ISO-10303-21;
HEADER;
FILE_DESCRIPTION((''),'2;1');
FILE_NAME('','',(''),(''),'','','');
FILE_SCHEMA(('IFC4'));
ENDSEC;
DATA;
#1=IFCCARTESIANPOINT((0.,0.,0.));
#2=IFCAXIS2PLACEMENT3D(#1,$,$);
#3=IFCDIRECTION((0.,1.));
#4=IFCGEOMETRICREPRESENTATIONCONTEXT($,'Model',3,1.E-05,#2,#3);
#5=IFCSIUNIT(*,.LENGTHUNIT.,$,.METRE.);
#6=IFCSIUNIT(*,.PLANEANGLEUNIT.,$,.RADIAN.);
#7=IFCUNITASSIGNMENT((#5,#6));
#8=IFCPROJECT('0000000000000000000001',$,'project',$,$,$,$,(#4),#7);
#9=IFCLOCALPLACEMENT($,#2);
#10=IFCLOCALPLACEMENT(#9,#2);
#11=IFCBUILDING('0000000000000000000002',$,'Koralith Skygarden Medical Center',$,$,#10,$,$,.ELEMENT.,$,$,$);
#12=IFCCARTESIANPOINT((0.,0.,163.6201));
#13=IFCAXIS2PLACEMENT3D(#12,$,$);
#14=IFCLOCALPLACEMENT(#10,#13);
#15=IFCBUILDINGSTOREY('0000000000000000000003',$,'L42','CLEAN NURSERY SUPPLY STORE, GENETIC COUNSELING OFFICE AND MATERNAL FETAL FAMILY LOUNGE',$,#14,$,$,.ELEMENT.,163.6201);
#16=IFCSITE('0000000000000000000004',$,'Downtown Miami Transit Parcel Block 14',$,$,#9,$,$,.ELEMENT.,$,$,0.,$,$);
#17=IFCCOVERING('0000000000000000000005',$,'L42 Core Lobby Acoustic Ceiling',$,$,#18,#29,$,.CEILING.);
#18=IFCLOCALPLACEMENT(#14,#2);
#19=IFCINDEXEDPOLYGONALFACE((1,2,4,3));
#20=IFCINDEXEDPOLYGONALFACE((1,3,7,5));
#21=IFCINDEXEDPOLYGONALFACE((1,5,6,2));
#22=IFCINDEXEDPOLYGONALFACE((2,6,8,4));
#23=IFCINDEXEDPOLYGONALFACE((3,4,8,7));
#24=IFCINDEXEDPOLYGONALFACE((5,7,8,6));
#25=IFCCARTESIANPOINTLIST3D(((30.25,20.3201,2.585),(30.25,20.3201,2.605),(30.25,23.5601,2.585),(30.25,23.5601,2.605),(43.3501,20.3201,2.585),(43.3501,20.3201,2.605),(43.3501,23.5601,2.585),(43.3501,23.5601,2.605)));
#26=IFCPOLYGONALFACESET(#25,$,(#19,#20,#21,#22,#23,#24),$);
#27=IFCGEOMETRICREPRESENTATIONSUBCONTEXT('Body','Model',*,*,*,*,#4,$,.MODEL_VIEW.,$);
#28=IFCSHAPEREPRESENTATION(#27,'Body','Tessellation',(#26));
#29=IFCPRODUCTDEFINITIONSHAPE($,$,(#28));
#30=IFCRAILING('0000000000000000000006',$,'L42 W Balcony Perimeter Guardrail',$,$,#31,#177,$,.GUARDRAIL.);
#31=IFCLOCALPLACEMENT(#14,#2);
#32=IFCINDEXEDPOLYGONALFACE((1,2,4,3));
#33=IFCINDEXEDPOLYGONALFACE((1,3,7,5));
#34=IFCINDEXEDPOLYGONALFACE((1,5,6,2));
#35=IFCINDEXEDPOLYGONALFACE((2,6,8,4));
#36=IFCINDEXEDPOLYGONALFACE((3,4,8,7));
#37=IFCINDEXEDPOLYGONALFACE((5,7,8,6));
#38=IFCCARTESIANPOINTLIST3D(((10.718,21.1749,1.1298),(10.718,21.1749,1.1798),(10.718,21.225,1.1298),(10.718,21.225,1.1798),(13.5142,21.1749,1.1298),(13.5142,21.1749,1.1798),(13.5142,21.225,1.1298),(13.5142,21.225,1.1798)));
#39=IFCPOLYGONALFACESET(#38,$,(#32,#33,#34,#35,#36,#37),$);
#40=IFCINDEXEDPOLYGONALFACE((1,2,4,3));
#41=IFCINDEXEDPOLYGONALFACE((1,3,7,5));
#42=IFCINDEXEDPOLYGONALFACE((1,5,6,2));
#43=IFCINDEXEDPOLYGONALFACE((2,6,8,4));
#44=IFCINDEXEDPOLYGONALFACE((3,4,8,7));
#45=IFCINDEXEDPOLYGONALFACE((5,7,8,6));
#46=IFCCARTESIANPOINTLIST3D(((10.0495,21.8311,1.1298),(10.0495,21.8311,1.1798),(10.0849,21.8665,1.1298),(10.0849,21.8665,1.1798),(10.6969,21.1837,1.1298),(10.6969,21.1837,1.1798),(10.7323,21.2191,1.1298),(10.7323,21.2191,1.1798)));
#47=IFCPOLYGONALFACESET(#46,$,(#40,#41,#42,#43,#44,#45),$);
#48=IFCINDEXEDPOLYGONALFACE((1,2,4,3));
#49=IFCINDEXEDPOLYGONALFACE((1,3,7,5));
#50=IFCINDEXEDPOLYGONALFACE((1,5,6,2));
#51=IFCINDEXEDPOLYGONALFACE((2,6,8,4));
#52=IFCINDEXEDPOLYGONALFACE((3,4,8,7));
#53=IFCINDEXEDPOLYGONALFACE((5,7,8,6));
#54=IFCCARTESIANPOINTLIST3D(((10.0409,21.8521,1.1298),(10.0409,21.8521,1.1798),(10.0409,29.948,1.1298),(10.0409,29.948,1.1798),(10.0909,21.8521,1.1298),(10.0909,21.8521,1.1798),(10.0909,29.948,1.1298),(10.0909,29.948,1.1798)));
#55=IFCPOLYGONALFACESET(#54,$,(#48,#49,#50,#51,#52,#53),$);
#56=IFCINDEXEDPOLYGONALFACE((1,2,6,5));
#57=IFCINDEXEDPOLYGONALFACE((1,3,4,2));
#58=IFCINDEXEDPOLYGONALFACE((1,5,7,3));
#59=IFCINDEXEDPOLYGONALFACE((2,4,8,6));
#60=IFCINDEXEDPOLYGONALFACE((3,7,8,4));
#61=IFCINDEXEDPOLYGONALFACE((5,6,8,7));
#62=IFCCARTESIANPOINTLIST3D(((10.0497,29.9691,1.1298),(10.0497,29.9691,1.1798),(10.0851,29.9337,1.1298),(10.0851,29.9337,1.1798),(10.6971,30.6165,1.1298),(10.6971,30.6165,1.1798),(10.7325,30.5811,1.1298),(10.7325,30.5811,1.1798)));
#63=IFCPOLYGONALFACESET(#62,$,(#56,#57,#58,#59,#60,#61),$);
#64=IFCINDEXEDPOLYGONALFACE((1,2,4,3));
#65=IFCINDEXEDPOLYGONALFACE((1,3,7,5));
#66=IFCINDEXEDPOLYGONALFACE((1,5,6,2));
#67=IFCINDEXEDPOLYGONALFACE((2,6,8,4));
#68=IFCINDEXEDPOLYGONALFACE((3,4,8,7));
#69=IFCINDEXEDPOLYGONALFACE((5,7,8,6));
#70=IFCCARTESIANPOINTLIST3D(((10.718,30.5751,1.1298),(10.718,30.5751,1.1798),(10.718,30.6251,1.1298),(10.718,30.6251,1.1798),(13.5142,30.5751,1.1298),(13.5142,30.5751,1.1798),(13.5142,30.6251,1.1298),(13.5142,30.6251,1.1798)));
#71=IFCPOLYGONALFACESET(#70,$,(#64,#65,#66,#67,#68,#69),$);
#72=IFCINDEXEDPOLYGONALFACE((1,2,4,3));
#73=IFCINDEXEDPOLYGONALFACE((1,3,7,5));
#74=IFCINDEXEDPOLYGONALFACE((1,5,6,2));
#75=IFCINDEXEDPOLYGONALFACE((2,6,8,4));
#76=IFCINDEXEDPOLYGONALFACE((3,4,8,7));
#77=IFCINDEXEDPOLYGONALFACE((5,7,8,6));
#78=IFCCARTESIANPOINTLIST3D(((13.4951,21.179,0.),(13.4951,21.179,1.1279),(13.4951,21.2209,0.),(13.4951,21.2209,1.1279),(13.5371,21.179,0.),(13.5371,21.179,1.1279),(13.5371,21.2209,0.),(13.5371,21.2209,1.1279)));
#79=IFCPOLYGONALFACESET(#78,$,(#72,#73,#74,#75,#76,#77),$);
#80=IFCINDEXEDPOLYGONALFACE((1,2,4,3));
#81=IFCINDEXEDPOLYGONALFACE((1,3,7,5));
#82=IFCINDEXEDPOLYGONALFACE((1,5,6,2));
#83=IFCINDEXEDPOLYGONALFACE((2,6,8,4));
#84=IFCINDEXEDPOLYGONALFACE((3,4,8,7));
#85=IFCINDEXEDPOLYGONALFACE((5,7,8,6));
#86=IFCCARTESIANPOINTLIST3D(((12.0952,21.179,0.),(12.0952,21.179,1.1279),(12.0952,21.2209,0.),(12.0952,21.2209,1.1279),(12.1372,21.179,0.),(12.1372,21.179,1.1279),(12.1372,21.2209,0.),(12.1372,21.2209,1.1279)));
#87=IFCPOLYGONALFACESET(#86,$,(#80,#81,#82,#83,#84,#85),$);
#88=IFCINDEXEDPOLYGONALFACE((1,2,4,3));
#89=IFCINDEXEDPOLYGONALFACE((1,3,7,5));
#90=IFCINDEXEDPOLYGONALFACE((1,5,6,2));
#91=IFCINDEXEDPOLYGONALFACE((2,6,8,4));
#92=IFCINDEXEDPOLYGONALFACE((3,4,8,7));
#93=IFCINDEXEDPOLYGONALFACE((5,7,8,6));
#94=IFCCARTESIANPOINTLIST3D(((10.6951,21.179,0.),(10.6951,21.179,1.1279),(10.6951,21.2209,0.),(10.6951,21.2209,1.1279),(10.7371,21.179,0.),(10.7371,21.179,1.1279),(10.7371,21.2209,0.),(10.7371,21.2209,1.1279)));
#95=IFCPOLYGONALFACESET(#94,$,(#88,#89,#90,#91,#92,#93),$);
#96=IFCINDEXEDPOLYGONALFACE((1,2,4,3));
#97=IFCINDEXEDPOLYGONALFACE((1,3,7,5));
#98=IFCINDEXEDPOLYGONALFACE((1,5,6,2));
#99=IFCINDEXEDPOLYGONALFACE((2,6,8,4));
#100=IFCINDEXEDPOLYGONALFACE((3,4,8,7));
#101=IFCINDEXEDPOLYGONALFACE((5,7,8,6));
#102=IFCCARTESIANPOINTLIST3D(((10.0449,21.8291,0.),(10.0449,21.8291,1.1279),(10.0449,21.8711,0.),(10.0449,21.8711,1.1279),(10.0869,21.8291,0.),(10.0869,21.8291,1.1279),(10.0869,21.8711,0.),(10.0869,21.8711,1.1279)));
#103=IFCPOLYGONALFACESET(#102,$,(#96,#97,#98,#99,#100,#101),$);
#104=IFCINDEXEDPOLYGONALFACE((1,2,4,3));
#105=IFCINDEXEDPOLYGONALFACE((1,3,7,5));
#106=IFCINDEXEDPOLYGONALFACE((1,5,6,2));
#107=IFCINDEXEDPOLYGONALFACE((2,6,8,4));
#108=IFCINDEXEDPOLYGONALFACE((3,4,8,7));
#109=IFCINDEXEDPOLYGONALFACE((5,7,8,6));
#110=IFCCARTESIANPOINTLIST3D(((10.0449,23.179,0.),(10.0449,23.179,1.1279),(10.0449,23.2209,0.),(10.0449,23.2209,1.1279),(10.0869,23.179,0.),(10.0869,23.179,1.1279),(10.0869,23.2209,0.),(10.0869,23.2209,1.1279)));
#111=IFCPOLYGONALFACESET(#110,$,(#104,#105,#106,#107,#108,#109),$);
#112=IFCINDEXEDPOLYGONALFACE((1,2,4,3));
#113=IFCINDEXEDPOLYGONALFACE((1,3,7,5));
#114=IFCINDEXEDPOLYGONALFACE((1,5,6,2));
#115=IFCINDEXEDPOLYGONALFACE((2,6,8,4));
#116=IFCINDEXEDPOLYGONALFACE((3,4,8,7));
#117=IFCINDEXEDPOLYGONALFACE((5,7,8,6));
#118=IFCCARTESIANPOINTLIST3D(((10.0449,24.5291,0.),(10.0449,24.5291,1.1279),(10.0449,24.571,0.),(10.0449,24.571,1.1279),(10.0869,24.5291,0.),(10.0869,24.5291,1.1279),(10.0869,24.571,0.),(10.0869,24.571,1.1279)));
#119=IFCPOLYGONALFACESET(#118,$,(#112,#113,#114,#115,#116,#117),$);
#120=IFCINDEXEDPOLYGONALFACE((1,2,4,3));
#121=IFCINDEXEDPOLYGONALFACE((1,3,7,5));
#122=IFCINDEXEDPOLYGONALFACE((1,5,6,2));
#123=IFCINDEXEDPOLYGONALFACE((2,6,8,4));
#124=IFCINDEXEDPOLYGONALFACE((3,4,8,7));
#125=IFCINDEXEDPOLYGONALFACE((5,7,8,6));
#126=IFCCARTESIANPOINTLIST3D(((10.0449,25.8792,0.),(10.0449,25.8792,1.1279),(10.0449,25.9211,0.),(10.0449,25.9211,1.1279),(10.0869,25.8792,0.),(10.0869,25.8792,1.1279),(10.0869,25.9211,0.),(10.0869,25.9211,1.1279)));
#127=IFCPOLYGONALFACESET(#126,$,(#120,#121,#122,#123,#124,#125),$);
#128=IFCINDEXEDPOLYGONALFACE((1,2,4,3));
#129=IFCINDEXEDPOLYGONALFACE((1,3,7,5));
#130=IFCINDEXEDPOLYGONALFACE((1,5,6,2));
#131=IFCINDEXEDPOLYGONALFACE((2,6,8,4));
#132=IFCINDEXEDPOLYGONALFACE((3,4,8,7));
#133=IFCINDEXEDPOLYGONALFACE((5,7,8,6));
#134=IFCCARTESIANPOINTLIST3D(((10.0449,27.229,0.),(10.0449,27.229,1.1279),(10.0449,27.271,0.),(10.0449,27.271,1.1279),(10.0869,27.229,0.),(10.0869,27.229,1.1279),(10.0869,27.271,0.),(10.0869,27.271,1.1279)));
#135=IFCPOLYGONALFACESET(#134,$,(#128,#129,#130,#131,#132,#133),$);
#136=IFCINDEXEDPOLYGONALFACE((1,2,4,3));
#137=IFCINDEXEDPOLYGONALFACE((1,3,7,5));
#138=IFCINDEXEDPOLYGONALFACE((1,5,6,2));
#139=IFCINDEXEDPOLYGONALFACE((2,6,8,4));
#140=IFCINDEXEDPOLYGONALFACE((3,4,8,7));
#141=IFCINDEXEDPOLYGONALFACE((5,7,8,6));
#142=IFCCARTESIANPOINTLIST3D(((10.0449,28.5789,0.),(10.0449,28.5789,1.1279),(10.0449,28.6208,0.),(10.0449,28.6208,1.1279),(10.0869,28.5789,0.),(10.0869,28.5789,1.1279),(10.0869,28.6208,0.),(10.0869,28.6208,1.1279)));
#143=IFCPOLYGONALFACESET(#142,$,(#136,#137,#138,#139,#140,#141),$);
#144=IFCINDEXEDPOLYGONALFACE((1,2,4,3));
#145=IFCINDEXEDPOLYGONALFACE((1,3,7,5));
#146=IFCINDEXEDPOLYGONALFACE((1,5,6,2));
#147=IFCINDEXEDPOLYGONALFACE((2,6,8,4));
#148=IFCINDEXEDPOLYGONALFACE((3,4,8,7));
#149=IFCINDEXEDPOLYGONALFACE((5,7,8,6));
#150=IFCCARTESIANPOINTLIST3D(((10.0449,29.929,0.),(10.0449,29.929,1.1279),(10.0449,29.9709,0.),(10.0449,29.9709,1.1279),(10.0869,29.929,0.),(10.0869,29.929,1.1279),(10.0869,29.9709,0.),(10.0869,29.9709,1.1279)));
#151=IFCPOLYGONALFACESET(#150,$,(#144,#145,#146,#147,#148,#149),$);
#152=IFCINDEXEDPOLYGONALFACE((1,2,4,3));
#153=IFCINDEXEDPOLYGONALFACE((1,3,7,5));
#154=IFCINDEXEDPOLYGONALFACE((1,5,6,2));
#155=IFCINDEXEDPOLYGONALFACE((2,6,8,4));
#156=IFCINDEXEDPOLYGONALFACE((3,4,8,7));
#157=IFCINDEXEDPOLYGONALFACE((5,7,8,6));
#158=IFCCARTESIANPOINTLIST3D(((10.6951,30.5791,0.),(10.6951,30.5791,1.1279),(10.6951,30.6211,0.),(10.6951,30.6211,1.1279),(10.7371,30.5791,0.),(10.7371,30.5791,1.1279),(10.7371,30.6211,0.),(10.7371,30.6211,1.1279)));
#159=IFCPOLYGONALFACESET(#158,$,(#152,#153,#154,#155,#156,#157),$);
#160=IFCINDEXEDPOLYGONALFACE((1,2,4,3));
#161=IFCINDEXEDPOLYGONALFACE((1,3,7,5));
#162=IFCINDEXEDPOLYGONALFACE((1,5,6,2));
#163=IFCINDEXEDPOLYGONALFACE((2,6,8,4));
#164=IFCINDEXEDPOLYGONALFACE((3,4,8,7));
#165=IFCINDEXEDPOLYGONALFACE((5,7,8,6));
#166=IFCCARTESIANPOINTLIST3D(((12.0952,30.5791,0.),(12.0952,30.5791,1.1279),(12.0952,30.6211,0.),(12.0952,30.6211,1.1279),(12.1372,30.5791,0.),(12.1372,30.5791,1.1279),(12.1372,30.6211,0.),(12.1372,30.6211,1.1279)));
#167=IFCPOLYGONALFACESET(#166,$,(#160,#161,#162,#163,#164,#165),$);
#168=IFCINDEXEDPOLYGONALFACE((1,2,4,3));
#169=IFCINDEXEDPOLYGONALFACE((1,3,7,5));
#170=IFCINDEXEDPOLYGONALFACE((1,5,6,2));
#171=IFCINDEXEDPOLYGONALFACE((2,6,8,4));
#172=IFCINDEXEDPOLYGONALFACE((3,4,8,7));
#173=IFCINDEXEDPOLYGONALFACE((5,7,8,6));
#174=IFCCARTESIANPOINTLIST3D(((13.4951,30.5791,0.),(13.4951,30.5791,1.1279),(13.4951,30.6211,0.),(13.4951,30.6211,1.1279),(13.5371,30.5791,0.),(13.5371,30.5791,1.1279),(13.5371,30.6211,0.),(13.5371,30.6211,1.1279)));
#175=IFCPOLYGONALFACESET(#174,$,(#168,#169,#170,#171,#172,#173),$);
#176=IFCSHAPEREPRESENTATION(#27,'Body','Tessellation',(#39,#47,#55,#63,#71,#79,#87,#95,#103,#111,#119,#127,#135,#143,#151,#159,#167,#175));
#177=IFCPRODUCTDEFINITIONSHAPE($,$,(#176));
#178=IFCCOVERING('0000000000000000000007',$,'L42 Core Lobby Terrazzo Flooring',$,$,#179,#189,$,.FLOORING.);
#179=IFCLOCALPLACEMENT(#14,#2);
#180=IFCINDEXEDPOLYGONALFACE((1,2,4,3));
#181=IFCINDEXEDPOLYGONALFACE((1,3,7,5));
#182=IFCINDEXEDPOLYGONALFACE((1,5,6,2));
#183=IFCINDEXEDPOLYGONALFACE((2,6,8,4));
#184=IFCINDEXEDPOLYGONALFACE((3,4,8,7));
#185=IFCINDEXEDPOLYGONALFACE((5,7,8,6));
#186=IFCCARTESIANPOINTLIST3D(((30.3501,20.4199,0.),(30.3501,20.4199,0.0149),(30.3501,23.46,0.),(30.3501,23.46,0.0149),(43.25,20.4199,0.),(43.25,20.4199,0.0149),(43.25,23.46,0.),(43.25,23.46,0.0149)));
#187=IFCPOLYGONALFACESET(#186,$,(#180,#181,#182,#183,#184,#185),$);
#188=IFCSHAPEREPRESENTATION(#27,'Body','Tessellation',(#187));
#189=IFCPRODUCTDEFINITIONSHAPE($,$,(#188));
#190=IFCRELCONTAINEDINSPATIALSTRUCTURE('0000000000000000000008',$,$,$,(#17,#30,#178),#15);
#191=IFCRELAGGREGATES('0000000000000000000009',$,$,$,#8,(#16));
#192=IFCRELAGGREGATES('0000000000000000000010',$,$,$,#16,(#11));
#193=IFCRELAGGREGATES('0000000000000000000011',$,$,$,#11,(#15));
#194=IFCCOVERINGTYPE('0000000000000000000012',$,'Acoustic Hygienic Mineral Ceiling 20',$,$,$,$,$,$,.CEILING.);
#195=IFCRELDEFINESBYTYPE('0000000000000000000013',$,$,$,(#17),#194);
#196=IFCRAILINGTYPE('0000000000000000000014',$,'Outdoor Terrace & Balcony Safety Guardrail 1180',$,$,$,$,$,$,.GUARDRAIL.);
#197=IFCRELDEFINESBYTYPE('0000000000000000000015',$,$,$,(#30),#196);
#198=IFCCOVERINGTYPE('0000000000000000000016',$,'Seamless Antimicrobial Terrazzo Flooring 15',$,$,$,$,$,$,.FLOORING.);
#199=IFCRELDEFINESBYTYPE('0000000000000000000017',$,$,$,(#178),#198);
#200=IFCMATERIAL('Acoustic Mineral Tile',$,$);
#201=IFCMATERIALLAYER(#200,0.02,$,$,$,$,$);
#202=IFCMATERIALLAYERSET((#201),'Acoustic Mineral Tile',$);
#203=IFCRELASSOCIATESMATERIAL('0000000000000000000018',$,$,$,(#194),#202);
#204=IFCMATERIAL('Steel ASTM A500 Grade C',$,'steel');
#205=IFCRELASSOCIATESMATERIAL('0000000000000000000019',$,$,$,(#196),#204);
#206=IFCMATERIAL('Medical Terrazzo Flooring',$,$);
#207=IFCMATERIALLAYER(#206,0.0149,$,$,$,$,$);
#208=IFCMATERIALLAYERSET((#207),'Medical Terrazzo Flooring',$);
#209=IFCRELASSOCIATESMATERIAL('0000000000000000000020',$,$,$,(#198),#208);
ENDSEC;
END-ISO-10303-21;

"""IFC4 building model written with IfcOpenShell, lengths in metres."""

from ifc_helpers import new_model, si_unit, direction, frame, origin, origin_2d, place, context, subcontext, project, spatial, polyline, rectangle, outline, extrude, material, layer, layer_set, type_object, element, save


model = new_model("IFC4")

# Units and contexts
model_context = context("Model", 3, precision=1e-05, world=origin(), true_north=direction((0.0, 1.0)))
body_context = subcontext(model_context, "Body", "Model", "MODEL_VIEW")
ifc_project = project(units=[si_unit("LENGTHUNIT", "METRE"), si_unit("PLANEANGLEUNIT", "RADIAN")], contexts=[model_context])

# Site, building, storey
site_placement = place(None, origin())
site = spatial("IfcSite", under=ifc_project, at=site_placement, Name="Downtown Miami Transit Parcel Block 14", CompositionType="ELEMENT", RefElevation=0.0)
building_placement = place(site_placement, origin())
building = spatial("IfcBuilding", under=site, at=building_placement, Name="Koralith Skygarden Medical Center", CompositionType="ELEMENT")
storey_placement = place(building_placement, frame((0.0, 0.0, 163.6201)))
storey = spatial("IfcBuildingStorey", under=building, at=storey_placement, Name="L42", Description="CLEAN NURSERY SUPPLY STORE, GENETIC COUNSELING OFFICE AND MATERNAL FETAL FAMILY LOUNGE", CompositionType="ELEMENT", Elevation=163.6201)

# Covering
ifc_material_1 = material(Name="Acoustic Mineral Tile")
ifc_layer_1 = layer(ifc_material_1, 0.02)
ifc_layer_set_1 = layer_set([ifc_layer_1], Name="Acoustic Mineral Tile")
covering_type_1 = type_object("IfcCoveringType", Name="Acoustic Hygienic Mineral Ceiling 20", PredefinedType="CEILING", material=ifc_layer_set_1)
covering_1_placement = place(storey_placement, frame((0.0, 0.0, 2.585)))
element("IfcCovering", 1, at=covering_1_placement, inside=storey, type_object=covering_type_1, Name="L42 Core Lobby Acoustic Ceiling", PredefinedType="CEILING", context=body_context, shape_type="SweptSolid", body=[
    extrude(outline(polyline([(30.25, 20.3201), (43.3501, 20.3201), (43.3501, 23.5601), (30.25, 23.5601), (30.25, 20.3201)])), origin(), (0.0, 0.0, 1.0), 0.02),
])

# Railing
ifc_material_2 = material(Name="Steel ASTM A500 Grade C", Category="steel")
railing_type = type_object("IfcRailingType", Name="Outdoor Terrace & Balcony Safety Guardrail 1180", PredefinedType="GUARDRAIL", material=ifc_material_2)
railing_placement = place(storey_placement, frame((13.5161, 21.2, 0.0)))
element("IfcRailing", 2, at=railing_placement, inside=storey, type_object=railing_type, Name="L42 W Balcony Perimeter Guardrail", PredefinedType="GUARDRAIL", context=body_context, shape_type="SweptSolid", body=[
    extrude(rectangle(XDim=0.05, YDim=0.05, at=origin_2d()), frame((-0.002, 0.0, 1.1548), z_axis=(-1.0, 0.0, 0.0), x_axis=(0.0, -1.0, 0.0)), (0.0, 0.0, 1.0), 2.7961),
    extrude(rectangle(XDim=0.05, YDim=0.05, at=origin_2d()), frame((-2.8015, 0.0015, 1.1548), z_axis=(-0.707107, 0.707107, 0.0), x_axis=(-0.707107, -0.707107, 0.0)), (0.0, 0.0, 1.0), 0.9155),
    extrude(rectangle(XDim=0.05, YDim=0.05, at=origin_2d()), frame((-3.4502, 0.6521, 1.1548), z_axis=(0.0, 1.0, 0.0), x_axis=(-1.0, 0.0, 0.0)), (0.0, 0.0, 1.0), 8.0959),
    extrude(rectangle(XDim=0.05, YDim=0.05, at=origin_2d()), frame((-3.4487, 8.7515, 1.1548), z_axis=(0.707107, 0.707107, 0.0), x_axis=(-0.707107, 0.707107, 0.0)), (0.0, 0.0, 1.0), 0.9155),
    extrude(rectangle(XDim=0.05, YDim=0.05, at=origin_2d()), frame((-2.7981, 9.4001, 1.1548), z_axis=(1.0, 0.0, 0.0), x_axis=(0.0, 1.0, 0.0)), (0.0, 0.0, 1.0), 2.7961),
    extrude(rectangle(XDim=0.042, YDim=0.042, at=origin_2d()), origin(), (0.0, 0.0, 1.0), 1.1279),
    extrude(rectangle(XDim=0.042, YDim=0.042, at=origin_2d()), frame((-1.3999, 0.0, 0.0)), (0.0, 0.0, 1.0), 1.1279),
    extrude(rectangle(XDim=0.042, YDim=0.042, at=origin_2d()), frame((-2.8, 0.0, 0.0)), (0.0, 0.0, 1.0), 1.1279),
    extrude(rectangle(XDim=0.042, YDim=0.042, at=origin_2d()), frame((-3.4502, 0.6501, 0.0)), (0.0, 0.0, 1.0), 1.1279),
    extrude(rectangle(XDim=0.042, YDim=0.042, at=origin_2d()), frame((-3.4502, 2.0, 0.0)), (0.0, 0.0, 1.0), 1.1279),
    extrude(rectangle(XDim=0.042, YDim=0.042, at=origin_2d()), frame((-3.4502, 3.3501, 0.0)), (0.0, 0.0, 1.0), 1.1279),
    extrude(rectangle(XDim=0.042, YDim=0.042, at=origin_2d()), frame((-3.4502, 4.7002, 0.0)), (0.0, 0.0, 1.0), 1.1279),
    extrude(rectangle(XDim=0.042, YDim=0.042, at=origin_2d()), frame((-3.4502, 6.05, 0.0)), (0.0, 0.0, 1.0), 1.1279),
    extrude(rectangle(XDim=0.042, YDim=0.042, at=origin_2d()), frame((-3.4502, 7.3999, 0.0)), (0.0, 0.0, 1.0), 1.1279),
    extrude(rectangle(XDim=0.042, YDim=0.042, at=origin_2d()), frame((-3.4502, 8.75, 0.0)), (0.0, 0.0, 1.0), 1.1279),
    extrude(rectangle(XDim=0.042, YDim=0.042, at=origin_2d()), frame((-2.8, 9.4001, 0.0)), (0.0, 0.0, 1.0), 1.1279),
    extrude(rectangle(XDim=0.042, YDim=0.042, at=origin_2d()), frame((-1.3999, 9.4001, 0.0)), (0.0, 0.0, 1.0), 1.1279),
    extrude(rectangle(XDim=0.042, YDim=0.042, at=origin_2d()), frame((0.0, 9.4001, 0.0)), (0.0, 0.0, 1.0), 1.1279),
])

# Covering
ifc_material_3 = material(Name="Medical Terrazzo Flooring")
ifc_layer_2 = layer(ifc_material_3, 0.0149)
ifc_layer_set_2 = layer_set([ifc_layer_2], Name="Medical Terrazzo Flooring")
covering_type_2 = type_object("IfcCoveringType", Name="Seamless Antimicrobial Terrazzo Flooring 15", PredefinedType="FLOORING", material=ifc_layer_set_2)
covering_2_placement = place(storey_placement, origin())
element("IfcCovering", 3, at=covering_2_placement, inside=storey, type_object=covering_type_2, Name="L42 Core Lobby Terrazzo Flooring", PredefinedType="FLOORING", context=body_context, shape_type="SweptSolid", body=[
    extrude(outline(polyline([(30.3501, 20.4199), (43.25, 20.4199), (43.25, 23.46), (30.3501, 23.46), (30.3501, 20.4199)])), origin(), (0.0, 0.0, 1.0), 0.0149),
])

save(model, "model.ifc")
